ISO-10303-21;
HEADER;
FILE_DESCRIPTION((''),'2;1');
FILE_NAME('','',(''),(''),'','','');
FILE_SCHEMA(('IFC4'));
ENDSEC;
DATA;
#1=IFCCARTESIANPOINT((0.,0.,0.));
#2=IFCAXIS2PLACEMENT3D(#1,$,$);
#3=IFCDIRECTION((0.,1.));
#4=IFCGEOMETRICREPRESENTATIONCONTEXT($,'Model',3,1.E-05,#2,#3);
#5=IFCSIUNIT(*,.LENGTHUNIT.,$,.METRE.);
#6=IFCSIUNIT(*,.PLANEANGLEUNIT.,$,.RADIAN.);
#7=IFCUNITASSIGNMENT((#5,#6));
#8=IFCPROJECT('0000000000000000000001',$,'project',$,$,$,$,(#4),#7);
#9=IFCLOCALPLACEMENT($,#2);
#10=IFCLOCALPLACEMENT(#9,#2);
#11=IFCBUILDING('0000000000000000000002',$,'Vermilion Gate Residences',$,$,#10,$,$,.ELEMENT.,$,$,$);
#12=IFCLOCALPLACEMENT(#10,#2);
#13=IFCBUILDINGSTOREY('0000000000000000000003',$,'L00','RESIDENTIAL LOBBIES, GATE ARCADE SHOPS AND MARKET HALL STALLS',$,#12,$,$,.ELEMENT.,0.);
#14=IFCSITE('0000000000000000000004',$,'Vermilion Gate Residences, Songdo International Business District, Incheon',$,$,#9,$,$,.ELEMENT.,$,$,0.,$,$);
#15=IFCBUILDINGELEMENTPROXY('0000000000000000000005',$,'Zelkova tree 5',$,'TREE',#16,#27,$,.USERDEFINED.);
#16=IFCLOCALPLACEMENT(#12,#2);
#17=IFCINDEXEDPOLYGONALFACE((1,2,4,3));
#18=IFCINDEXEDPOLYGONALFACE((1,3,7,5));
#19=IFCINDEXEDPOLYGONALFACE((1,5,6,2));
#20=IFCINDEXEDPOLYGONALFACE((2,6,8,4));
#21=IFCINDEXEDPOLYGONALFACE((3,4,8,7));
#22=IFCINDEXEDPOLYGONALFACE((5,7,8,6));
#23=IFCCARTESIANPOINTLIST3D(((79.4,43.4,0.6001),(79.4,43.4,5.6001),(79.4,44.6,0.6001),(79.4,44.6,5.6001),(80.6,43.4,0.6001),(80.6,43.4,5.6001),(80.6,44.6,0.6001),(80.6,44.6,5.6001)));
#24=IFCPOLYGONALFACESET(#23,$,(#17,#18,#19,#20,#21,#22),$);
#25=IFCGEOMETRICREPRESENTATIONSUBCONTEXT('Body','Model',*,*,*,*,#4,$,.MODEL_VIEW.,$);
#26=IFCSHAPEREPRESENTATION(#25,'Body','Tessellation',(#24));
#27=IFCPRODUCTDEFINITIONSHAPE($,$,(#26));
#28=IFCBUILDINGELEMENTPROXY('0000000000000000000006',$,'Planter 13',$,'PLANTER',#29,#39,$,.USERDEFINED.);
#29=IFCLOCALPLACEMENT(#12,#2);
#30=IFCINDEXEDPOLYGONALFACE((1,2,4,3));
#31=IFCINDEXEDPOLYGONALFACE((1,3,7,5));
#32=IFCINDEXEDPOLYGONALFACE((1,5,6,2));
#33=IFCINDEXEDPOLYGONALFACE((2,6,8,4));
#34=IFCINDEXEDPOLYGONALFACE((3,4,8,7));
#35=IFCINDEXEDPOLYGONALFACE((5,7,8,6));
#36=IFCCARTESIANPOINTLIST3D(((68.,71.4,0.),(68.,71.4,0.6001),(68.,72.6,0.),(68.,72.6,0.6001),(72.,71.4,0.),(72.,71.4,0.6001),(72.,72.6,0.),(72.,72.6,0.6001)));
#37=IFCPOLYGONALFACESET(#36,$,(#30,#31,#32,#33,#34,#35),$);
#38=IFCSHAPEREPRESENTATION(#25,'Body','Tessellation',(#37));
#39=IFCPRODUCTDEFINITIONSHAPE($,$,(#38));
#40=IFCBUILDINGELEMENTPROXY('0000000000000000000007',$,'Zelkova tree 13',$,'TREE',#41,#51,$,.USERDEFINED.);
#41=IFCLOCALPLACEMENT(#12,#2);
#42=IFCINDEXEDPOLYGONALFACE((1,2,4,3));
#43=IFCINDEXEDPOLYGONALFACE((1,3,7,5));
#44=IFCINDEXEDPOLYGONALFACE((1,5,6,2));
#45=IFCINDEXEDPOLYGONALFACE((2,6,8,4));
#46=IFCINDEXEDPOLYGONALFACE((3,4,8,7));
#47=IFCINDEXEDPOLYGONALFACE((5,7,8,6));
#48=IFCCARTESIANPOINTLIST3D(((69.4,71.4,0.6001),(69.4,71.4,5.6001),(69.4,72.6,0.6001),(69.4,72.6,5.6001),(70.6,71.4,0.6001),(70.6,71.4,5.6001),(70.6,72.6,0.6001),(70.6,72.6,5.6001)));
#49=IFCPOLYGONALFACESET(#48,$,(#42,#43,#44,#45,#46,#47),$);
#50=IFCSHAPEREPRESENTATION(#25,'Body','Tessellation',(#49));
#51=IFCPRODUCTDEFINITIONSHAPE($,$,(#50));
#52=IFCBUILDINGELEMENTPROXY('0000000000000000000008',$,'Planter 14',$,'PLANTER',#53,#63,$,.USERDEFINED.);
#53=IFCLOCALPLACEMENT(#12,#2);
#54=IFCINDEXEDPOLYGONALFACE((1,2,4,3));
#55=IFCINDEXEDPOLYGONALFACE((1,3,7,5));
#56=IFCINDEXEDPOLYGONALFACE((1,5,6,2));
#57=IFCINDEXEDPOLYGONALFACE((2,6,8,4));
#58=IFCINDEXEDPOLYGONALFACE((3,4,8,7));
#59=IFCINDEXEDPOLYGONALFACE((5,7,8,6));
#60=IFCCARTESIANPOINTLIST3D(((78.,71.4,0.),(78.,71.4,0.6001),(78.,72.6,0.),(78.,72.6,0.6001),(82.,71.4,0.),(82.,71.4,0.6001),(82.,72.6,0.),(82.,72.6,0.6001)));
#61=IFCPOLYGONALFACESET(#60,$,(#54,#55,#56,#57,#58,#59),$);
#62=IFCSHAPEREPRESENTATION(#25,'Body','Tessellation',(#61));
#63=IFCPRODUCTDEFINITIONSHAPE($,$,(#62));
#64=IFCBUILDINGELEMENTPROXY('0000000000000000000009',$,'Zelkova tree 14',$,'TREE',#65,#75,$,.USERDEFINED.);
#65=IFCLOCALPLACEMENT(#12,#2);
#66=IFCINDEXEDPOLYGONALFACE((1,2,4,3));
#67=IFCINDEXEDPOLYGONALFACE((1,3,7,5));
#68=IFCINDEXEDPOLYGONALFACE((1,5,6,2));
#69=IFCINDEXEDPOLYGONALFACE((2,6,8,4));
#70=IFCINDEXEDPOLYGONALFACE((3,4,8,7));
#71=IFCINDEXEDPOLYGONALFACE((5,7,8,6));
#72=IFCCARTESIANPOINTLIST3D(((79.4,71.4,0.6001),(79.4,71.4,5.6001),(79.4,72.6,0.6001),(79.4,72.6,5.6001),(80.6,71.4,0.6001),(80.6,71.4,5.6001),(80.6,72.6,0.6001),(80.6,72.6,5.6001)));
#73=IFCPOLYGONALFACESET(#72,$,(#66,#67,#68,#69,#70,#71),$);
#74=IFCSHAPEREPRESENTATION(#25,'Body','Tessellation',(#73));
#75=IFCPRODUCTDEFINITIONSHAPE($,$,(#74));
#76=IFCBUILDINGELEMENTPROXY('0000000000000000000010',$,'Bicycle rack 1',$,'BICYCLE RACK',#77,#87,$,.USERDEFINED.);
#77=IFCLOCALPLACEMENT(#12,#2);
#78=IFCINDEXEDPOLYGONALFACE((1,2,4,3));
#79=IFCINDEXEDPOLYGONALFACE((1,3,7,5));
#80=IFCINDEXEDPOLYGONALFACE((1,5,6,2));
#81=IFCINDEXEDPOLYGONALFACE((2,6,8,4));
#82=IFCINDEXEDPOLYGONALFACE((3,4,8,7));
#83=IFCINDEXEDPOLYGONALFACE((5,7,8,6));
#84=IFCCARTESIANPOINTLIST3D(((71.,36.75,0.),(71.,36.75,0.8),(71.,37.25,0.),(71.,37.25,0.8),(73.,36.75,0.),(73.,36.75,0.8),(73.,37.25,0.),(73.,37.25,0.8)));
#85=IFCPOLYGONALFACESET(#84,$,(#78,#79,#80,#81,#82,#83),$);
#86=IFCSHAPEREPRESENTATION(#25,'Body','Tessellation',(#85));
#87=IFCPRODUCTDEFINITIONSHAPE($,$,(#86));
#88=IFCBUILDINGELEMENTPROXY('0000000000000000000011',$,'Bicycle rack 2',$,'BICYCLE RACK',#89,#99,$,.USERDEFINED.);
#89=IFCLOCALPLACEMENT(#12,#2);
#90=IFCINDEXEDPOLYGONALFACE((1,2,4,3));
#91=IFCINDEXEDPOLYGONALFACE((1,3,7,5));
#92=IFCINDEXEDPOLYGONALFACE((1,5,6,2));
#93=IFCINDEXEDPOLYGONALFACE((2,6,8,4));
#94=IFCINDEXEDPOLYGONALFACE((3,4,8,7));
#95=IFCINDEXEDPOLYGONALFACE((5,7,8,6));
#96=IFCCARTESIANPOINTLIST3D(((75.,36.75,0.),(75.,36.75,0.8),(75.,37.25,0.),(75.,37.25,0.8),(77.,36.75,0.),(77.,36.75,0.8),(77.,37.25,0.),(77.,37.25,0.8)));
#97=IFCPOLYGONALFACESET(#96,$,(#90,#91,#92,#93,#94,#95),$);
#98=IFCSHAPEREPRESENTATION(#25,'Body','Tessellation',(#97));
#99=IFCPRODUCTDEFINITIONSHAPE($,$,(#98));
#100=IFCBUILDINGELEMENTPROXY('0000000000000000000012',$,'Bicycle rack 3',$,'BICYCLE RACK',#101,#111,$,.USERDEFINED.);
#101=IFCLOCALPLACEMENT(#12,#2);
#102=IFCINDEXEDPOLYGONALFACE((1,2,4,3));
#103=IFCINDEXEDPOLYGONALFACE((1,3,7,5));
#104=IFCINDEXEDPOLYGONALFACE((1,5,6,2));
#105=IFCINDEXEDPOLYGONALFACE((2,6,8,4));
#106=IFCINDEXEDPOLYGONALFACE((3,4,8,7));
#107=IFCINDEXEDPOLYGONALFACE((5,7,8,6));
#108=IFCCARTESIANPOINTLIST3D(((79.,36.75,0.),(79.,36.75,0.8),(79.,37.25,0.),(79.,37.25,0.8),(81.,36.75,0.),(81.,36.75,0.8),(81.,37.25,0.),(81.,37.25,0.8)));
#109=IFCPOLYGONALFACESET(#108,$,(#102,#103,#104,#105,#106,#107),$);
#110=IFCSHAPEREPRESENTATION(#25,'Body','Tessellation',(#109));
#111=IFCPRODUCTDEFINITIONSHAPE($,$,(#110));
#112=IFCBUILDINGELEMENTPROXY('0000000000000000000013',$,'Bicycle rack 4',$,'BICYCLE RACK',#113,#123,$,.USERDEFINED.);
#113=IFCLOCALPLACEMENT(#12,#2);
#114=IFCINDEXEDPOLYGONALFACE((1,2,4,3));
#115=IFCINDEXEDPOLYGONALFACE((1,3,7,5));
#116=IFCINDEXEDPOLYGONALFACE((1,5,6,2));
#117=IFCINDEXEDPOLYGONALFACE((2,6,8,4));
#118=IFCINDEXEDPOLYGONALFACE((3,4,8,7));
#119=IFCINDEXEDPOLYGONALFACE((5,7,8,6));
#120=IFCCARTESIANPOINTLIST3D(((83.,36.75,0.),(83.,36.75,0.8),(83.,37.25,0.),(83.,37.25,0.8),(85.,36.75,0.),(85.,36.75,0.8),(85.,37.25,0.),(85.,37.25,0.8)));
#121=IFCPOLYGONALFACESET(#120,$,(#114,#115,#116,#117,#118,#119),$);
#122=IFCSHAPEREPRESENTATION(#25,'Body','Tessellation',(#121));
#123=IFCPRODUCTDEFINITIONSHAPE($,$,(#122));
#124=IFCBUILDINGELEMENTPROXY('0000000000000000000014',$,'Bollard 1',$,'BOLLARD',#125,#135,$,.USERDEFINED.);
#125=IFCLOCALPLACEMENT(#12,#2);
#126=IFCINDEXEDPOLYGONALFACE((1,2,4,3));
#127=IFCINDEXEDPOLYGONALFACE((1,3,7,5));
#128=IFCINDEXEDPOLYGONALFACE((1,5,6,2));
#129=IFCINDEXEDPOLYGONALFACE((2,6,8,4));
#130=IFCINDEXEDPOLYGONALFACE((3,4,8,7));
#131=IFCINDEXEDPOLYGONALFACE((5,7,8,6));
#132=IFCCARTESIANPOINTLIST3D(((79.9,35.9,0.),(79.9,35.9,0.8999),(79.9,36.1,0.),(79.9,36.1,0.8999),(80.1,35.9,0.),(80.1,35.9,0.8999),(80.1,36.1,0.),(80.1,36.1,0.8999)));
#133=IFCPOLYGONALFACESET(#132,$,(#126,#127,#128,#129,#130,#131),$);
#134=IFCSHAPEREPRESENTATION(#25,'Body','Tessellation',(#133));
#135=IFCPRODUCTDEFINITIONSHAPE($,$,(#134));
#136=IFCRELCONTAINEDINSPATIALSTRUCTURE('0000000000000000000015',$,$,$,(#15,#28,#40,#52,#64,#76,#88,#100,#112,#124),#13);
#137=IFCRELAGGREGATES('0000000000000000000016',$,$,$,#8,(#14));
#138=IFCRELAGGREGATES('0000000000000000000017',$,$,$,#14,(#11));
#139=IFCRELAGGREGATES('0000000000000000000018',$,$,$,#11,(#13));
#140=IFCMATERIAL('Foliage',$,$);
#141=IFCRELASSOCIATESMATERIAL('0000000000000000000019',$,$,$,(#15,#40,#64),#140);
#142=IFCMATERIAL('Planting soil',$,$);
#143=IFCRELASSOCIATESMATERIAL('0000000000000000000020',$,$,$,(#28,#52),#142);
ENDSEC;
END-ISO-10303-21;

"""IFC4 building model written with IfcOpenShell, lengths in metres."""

from ifc_helpers import new_model, si_unit, direction, frame, origin, origin_2d, place, context, subcontext, project, spatial, rectangle, extrude, material, element, save


model = new_model("IFC4")

# Units and contexts
model_context = context("Model", 3, precision=1e-05, world=origin(), true_north=direction((0.0, 1.0)))
body_context = subcontext(model_context, "Body", "Model", "MODEL_VIEW")
ifc_project = project(units=[si_unit("LENGTHUNIT", "METRE"), si_unit("PLANEANGLEUNIT", "RADIAN")], contexts=[model_context])

# Site, building, storey
site_placement = place(None, origin())
site = spatial("IfcSite", under=ifc_project, at=site_placement, Name="Vermilion Gate Residences, Songdo International Business District, Incheon", CompositionType="ELEMENT", RefElevation=0.0)
building_placement = place(site_placement, origin())
building = spatial("IfcBuilding", under=site, at=building_placement, Name="Vermilion Gate Residences", CompositionType="ELEMENT")
storey_placement = place(building_placement, origin())
storey = spatial("IfcBuildingStorey", under=building, at=storey_placement, Name="L00", Description="RESIDENTIAL LOBBIES, GATE ARCADE SHOPS AND MARKET HALL STALLS", CompositionType="ELEMENT", Elevation=0.0)

# Building element proxies
ifc_material_1 = material(Name="Planting soil")
ifc_material_2 = material(Name="Foliage")
proxy_1_placement = place(storey_placement, frame((80.0, 44.0, 0.6001), z_axis=(0.0, 0.0, 1.0), x_axis=(1.0, 0.0, 0.0)))
element("IfcBuildingElementProxy", 1, at=proxy_1_placement, inside=storey, material=ifc_material_2, Name="Zelkova tree 5", ObjectType="TREE", PredefinedType="USERDEFINED", context=body_context, shape_type="SweptSolid", body=[
    extrude(rectangle(XDim=1.2, YDim=1.2, at=origin_2d()), origin(), (0.0, 0.0, 1.0), 5.0),
])
proxy_2_placement = place(storey_placement, frame((70.0, 72.0, 0.0), z_axis=(0.0, 0.0, 1.0), x_axis=(1.0, 0.0, 0.0)))
element("IfcBuildingElementProxy", 2, at=proxy_2_placement, inside=storey, material=ifc_material_1, Name="Planter 13", ObjectType="PLANTER", PredefinedType="USERDEFINED", context=body_context, shape_type="SweptSolid", body=[
    extrude(rectangle(XDim=4.0, YDim=1.2, at=origin_2d()), origin(), (0.0, 0.0, 1.0), 0.6001),
])
proxy_3_placement = place(storey_placement, frame((70.0, 72.0, 0.6001), z_axis=(0.0, 0.0, 1.0), x_axis=(1.0, 0.0, 0.0)))
element("IfcBuildingElementProxy", 3, at=proxy_3_placement, inside=storey, material=ifc_material_2, Name="Zelkova tree 13", ObjectType="TREE", PredefinedType="USERDEFINED", context=body_context, shape_type="SweptSolid", body=[
    extrude(rectangle(XDim=1.2, YDim=1.2, at=origin_2d()), origin(), (0.0, 0.0, 1.0), 5.0),
])
proxy_4_placement = place(storey_placement, frame((80.0, 72.0, 0.0), z_axis=(0.0, 0.0, 1.0), x_axis=(1.0, 0.0, 0.0)))
element("IfcBuildingElementProxy", 4, at=proxy_4_placement, inside=storey, material=ifc_material_1, Name="Planter 14", ObjectType="PLANTER", PredefinedType="USERDEFINED", context=body_context, shape_type="SweptSolid", body=[
    extrude(rectangle(XDim=4.0, YDim=1.2, at=origin_2d()), origin(), (0.0, 0.0, 1.0), 0.6001),
])
proxy_5_placement = place(storey_placement, frame((80.0, 72.0, 0.6001), z_axis=(0.0, 0.0, 1.0), x_axis=(1.0, 0.0, 0.0)))
element("IfcBuildingElementProxy", 5, at=proxy_5_placement, inside=storey, material=ifc_material_2, Name="Zelkova tree 14", ObjectType="TREE", PredefinedType="USERDEFINED", context=body_context, shape_type="SweptSolid", body=[
    extrude(rectangle(XDim=1.2, YDim=1.2, at=origin_2d()), origin(), (0.0, 0.0, 1.0), 5.0),
])
for number, where, z_axis, x_axis, name in (
    (6, (72.0, 37.0, 0.0), (0.0, 0.0, 1.0), (1.0, 0.0, 0.0), "Bicycle rack 1"),
    (7, (76.0, 37.0, 0.0), (0.0, 0.0, 1.0), (1.0, 0.0, 0.0), "Bicycle rack 2"),
    (8, (80.0, 37.0, 0.0), (0.0, 0.0, 1.0), (1.0, 0.0, 0.0), "Bicycle rack 3"),
    (9, (84.0, 37.0, 0.0), (0.0, 0.0, 1.0), (1.0, 0.0, 0.0), "Bicycle rack 4"),
):
    element("IfcBuildingElementProxy", number, at=place(storey_placement, frame(where, z_axis=z_axis, x_axis=x_axis)), inside=storey, Name=name, ObjectType="BICYCLE RACK", PredefinedType="USERDEFINED", context=body_context, shape_type="SweptSolid", body=[
        extrude(rectangle(XDim=2.0, YDim=0.5, at=origin_2d()), origin(), (0.0, 0.0, 1.0), 0.8),
    ])
proxy_6_placement = place(storey_placement, frame((80.0, 36.0, 0.0), z_axis=(0.0, 0.0, 1.0), x_axis=(1.0, 0.0, 0.0)))
element("IfcBuildingElementProxy", 10, at=proxy_6_placement, inside=storey, Name="Bollard 1", ObjectType="BOLLARD", PredefinedType="USERDEFINED", context=body_context, shape_type="SweptSolid", body=[
    extrude(rectangle(XDim=0.2, YDim=0.2, at=origin_2d()), origin(), (0.0, 0.0, 1.0), 0.8999),
])

save(model, "model.ifc")
